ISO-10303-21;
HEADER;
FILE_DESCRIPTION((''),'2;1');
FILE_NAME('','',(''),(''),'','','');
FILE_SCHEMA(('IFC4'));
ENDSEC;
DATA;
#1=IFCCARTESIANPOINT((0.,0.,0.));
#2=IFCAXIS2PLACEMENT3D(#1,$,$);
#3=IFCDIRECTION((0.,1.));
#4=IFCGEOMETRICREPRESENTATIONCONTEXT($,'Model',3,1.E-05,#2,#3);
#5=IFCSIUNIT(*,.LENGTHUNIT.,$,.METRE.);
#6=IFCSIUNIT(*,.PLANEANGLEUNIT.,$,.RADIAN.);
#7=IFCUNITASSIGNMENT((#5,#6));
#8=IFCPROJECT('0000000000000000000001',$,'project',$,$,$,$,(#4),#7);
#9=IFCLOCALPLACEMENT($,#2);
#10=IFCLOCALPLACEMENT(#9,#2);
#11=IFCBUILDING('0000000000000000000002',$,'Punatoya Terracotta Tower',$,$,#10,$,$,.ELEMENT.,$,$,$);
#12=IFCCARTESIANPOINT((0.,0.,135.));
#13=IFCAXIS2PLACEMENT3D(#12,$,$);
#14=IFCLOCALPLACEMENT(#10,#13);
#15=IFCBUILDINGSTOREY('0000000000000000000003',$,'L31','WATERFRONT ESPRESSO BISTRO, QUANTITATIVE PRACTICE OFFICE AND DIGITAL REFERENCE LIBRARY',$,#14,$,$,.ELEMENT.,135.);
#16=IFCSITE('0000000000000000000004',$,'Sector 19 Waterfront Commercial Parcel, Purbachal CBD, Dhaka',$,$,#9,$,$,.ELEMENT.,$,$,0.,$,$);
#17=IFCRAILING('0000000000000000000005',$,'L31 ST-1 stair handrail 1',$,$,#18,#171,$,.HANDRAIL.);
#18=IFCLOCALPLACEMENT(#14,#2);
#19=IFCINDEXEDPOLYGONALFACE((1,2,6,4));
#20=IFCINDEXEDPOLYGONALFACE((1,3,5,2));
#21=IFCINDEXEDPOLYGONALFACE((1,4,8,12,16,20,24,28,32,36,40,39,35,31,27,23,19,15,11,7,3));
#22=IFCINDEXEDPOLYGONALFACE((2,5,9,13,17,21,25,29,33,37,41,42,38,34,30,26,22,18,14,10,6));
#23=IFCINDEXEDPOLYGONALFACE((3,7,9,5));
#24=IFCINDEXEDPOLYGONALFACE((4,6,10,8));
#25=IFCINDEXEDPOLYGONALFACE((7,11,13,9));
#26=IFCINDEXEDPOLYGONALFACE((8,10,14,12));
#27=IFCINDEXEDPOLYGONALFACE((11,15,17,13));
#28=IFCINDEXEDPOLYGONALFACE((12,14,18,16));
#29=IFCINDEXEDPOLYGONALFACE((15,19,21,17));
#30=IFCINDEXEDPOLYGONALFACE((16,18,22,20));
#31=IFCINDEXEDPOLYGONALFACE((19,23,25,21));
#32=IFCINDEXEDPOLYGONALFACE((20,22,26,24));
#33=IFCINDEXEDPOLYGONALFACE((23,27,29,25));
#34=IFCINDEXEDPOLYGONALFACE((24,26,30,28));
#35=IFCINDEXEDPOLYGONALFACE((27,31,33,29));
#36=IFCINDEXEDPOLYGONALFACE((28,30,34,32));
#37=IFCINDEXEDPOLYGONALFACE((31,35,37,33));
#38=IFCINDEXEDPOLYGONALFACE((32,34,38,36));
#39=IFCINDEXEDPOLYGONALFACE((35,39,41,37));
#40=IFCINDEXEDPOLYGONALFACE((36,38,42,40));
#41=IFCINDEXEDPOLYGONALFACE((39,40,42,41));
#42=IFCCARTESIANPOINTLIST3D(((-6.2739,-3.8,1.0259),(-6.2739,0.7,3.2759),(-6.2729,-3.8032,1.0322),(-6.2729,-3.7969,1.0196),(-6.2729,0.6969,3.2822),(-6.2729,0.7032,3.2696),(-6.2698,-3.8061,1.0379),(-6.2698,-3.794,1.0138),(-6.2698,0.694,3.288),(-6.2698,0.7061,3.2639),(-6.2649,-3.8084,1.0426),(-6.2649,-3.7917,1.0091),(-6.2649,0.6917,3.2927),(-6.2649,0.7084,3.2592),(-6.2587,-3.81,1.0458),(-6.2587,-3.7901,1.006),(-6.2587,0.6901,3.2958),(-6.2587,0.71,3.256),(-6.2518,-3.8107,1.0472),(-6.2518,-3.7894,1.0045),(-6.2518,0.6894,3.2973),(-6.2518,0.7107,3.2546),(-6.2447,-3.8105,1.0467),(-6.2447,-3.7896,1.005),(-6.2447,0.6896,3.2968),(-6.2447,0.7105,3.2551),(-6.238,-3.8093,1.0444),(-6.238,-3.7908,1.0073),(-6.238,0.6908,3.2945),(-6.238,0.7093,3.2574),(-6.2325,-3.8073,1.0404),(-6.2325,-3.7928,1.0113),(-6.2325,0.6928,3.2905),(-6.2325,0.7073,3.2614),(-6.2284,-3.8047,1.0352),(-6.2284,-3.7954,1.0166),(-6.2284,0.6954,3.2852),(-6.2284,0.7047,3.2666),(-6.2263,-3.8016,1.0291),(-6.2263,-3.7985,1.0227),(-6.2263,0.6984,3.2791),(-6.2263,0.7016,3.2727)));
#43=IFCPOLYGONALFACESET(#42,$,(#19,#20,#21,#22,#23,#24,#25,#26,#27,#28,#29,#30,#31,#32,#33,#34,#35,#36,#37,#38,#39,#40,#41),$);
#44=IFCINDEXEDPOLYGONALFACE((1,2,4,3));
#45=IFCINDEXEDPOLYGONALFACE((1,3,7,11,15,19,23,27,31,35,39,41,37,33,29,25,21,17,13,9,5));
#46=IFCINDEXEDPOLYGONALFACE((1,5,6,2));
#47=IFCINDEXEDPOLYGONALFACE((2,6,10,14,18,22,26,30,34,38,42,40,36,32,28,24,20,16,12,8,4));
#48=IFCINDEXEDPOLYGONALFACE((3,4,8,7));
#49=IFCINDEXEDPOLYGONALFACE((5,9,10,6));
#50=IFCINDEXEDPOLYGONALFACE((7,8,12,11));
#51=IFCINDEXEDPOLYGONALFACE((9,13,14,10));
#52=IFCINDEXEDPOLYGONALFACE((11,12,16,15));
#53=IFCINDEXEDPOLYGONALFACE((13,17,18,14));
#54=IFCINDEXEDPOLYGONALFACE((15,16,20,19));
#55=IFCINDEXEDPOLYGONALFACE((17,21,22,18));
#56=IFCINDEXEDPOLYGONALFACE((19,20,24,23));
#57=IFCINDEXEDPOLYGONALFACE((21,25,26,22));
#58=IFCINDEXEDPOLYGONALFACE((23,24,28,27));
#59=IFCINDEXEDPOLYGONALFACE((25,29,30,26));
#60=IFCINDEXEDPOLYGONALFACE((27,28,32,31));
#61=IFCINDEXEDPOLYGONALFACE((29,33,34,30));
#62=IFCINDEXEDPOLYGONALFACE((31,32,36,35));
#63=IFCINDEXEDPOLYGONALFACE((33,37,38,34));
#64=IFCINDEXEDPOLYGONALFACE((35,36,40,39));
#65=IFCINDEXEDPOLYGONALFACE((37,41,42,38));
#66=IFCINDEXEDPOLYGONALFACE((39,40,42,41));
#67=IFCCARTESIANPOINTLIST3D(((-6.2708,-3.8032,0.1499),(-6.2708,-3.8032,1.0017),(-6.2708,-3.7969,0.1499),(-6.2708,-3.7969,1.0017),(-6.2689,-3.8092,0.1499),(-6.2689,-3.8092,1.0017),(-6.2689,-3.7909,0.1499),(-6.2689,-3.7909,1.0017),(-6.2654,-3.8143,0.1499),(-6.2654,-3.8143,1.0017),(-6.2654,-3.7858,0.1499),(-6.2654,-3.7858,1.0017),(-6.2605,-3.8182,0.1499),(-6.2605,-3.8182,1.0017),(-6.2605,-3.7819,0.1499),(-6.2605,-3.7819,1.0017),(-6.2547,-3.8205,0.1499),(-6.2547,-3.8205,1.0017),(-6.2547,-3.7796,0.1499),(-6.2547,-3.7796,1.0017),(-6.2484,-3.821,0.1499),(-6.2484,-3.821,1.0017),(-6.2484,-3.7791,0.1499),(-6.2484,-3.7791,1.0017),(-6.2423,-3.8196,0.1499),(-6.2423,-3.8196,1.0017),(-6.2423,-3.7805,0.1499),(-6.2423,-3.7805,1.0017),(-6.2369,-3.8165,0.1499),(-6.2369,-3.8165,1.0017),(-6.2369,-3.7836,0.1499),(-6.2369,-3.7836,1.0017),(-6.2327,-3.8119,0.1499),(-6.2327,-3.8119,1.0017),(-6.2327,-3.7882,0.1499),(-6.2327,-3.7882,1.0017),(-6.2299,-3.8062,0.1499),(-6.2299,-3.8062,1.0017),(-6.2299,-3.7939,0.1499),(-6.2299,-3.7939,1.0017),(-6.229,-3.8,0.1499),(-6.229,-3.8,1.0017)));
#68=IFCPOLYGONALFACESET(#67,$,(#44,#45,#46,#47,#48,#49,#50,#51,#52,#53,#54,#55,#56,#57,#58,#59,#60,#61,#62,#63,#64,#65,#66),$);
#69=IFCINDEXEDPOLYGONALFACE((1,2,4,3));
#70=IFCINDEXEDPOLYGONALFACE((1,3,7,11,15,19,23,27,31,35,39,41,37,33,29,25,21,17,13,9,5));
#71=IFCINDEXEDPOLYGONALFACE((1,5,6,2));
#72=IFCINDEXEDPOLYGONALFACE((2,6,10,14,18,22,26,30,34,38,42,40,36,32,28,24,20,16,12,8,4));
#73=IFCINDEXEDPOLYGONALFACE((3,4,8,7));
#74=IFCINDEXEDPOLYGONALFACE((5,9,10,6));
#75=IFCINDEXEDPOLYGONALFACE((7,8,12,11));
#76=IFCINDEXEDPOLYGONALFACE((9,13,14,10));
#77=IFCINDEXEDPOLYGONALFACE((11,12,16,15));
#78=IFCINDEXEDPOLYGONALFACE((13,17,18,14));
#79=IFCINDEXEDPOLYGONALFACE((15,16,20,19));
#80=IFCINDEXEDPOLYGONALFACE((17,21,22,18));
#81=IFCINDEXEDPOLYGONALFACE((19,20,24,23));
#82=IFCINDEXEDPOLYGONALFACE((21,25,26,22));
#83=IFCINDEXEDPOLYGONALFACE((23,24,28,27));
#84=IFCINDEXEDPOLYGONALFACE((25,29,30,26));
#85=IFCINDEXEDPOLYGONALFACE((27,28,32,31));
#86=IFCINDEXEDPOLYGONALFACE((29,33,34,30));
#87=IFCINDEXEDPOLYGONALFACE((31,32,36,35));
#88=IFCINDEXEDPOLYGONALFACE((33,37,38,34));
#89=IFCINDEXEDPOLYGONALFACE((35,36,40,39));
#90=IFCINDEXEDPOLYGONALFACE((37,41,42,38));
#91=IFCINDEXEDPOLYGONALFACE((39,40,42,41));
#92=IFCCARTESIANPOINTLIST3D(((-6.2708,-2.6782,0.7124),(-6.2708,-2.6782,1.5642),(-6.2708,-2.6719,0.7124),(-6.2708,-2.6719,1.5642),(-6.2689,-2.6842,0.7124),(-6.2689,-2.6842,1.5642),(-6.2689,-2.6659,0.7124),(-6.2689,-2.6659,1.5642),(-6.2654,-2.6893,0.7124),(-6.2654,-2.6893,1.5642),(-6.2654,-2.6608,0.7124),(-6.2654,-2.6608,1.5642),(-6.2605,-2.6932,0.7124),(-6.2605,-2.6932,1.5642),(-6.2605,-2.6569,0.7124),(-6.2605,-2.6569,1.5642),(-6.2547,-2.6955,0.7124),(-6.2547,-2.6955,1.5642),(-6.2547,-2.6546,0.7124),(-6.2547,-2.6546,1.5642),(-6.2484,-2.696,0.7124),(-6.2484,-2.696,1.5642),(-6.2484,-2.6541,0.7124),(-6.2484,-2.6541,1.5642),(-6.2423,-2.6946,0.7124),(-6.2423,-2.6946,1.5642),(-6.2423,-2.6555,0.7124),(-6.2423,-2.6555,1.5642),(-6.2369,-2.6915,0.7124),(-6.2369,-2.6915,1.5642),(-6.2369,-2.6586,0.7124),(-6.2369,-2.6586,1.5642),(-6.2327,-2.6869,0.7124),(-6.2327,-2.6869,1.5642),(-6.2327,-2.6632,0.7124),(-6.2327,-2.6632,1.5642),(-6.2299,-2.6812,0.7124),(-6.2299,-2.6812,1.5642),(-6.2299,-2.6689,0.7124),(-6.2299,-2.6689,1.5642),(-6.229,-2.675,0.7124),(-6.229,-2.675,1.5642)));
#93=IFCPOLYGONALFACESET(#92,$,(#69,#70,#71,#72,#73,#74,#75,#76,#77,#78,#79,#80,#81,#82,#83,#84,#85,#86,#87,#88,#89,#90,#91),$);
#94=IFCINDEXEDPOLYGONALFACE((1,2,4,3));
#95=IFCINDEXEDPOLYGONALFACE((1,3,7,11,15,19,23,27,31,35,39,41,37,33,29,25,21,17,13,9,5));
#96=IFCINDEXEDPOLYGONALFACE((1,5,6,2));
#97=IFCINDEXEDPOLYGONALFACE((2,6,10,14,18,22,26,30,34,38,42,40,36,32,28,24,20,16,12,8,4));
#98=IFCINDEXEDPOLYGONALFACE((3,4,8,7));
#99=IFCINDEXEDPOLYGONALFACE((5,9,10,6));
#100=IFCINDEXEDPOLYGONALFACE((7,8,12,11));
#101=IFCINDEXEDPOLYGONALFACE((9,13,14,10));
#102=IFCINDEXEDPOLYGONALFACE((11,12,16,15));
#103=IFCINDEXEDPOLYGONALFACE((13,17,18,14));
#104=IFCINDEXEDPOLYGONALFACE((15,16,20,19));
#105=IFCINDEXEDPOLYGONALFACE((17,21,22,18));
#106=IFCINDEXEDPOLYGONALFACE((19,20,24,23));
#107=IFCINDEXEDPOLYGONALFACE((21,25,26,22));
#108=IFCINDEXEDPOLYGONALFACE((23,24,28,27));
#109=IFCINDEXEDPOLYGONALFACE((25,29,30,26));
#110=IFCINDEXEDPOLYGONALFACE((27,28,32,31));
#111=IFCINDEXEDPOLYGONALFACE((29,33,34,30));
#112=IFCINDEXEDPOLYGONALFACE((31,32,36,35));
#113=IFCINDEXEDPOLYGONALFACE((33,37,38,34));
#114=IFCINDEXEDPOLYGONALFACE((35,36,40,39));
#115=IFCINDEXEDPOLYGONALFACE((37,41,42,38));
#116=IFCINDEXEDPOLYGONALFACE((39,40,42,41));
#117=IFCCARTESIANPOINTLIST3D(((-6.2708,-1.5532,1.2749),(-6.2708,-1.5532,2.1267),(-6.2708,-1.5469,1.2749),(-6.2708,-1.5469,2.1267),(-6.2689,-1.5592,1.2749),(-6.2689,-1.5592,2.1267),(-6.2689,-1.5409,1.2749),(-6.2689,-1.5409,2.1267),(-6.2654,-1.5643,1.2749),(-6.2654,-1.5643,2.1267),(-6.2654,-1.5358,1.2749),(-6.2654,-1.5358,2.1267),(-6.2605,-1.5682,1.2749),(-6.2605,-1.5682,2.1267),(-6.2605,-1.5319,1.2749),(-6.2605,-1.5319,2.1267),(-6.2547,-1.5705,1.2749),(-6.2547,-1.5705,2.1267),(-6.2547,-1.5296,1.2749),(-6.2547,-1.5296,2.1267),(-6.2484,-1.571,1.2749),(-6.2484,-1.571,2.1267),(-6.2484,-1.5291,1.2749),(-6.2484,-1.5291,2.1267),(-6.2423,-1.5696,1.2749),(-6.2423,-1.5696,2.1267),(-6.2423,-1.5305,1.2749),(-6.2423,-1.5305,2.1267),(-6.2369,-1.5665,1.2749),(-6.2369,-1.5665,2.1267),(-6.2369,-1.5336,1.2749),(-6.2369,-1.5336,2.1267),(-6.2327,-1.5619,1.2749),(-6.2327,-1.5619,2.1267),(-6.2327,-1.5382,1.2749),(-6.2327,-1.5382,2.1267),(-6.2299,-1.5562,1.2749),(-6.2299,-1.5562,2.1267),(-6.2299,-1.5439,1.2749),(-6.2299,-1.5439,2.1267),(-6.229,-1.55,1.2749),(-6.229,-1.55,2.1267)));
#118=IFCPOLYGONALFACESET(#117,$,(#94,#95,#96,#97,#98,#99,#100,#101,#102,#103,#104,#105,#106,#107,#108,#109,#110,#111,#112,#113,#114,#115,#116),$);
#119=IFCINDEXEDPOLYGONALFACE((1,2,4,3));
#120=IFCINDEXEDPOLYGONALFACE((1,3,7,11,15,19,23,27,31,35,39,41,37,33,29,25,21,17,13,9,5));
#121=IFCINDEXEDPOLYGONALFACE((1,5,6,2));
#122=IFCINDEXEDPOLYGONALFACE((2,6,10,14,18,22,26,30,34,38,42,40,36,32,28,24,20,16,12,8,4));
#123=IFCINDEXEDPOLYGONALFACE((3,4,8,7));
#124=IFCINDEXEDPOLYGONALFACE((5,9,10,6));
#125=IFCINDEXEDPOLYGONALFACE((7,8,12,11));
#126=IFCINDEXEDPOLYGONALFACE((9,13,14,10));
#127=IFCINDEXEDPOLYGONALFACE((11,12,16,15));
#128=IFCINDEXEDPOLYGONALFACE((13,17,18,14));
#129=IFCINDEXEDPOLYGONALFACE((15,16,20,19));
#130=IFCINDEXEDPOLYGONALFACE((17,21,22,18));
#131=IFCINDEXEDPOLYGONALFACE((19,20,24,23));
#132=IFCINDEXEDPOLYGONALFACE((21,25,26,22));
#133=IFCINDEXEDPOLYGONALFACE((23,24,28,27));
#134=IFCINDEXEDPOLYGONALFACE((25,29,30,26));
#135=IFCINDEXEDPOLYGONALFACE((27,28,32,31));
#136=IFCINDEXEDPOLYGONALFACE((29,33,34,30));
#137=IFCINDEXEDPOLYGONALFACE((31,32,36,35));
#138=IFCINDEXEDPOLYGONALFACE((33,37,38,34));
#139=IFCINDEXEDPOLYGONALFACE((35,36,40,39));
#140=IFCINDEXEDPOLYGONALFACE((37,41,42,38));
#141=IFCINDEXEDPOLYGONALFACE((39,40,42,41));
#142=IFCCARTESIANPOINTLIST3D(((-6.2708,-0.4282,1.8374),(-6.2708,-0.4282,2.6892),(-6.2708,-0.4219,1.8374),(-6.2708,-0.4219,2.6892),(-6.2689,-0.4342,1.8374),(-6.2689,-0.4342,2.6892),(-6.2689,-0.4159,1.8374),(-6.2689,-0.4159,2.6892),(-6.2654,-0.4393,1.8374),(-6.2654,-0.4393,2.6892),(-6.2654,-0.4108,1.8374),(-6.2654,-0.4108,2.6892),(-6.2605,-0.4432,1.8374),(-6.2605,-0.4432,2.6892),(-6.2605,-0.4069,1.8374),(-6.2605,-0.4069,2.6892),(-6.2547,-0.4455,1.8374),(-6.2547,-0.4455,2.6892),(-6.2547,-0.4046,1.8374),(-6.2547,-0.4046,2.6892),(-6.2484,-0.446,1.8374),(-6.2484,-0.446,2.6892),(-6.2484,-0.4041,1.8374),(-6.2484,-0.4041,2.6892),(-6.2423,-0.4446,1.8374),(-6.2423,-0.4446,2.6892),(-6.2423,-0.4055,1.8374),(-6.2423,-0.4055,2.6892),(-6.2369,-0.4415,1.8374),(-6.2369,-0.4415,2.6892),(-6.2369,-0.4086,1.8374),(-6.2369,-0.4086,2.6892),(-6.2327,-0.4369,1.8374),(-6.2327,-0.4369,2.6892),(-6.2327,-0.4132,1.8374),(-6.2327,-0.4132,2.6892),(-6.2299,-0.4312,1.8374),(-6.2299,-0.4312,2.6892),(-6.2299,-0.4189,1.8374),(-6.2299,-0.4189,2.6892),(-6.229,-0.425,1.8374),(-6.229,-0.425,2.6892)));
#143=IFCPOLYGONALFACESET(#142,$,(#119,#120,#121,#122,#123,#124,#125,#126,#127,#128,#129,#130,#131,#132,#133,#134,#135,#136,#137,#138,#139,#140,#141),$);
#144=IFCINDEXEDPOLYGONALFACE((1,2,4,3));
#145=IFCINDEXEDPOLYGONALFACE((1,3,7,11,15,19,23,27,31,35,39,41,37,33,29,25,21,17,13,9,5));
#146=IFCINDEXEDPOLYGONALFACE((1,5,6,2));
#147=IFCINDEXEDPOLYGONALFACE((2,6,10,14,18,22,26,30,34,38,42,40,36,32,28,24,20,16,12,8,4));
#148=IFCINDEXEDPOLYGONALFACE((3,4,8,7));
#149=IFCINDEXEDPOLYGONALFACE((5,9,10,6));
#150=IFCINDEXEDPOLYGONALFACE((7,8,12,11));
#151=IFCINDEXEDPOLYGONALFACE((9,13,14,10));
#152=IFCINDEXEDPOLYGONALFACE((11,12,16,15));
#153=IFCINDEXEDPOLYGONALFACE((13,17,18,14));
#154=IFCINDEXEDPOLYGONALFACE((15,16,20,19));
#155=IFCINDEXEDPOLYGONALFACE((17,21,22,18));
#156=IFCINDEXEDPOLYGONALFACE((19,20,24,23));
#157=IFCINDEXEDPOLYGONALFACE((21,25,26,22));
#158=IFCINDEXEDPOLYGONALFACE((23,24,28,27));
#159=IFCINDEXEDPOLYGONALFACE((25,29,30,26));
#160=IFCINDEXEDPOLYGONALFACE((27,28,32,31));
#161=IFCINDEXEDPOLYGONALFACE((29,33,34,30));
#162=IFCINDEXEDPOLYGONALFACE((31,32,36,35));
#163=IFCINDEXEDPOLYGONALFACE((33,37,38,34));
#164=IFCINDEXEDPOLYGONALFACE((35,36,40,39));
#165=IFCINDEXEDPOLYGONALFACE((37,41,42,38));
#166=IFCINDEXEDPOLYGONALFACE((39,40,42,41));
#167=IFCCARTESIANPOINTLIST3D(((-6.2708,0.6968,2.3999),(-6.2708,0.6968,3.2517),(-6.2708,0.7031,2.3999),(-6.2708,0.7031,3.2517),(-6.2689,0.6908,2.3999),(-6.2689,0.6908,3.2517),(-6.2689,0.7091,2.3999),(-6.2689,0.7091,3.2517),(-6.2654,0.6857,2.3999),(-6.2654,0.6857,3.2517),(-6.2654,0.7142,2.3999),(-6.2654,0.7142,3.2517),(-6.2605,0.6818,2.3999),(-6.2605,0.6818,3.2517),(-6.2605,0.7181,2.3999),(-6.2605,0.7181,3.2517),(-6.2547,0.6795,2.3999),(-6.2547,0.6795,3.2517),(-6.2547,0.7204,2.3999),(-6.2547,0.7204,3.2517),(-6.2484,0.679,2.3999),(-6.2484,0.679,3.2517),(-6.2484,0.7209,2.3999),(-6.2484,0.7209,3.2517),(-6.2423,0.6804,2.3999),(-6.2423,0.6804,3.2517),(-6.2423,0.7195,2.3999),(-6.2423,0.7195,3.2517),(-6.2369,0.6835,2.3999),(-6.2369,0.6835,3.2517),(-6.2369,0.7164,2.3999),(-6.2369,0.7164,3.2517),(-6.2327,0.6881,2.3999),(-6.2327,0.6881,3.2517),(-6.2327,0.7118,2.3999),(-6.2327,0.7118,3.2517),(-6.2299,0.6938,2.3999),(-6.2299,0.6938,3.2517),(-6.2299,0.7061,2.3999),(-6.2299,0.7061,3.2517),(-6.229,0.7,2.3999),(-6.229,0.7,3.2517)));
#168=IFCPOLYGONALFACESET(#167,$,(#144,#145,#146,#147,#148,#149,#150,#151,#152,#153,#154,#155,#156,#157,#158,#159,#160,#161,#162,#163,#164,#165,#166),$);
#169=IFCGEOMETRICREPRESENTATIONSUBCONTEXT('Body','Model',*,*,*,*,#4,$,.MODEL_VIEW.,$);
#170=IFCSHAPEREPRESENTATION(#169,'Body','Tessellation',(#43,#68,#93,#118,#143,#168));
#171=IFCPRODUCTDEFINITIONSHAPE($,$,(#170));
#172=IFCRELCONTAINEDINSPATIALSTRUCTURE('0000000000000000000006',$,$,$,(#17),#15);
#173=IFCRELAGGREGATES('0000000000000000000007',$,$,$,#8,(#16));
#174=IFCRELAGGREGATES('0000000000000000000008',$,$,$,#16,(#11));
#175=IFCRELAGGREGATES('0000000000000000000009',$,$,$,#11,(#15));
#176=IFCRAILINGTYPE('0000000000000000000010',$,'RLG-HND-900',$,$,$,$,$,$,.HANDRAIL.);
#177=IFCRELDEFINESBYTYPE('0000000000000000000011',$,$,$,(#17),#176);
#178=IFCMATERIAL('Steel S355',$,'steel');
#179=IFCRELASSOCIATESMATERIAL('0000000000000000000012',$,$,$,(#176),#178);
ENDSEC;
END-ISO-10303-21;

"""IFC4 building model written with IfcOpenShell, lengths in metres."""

from ifc_helpers import new_model, si_unit, direction, frame, origin, origin_2d, place, context, subcontext, project, spatial, circle, extrude, material, type_object, element, save


model = new_model("IFC4")

# Units and contexts
model_context = context("Model", 3, precision=1e-05, world=origin(), true_north=direction((0.0, 1.0)))
body_context = subcontext(model_context, "Body", "Model", "MODEL_VIEW")
ifc_project = project(units=[si_unit("LENGTHUNIT", "METRE"), si_unit("PLANEANGLEUNIT", "RADIAN")], contexts=[model_context])

# Site, building, storey
site_placement = place(None, origin())
site = spatial("IfcSite", under=ifc_project, at=site_placement, Name="Sector 19 Waterfront Commercial Parcel, Purbachal CBD, Dhaka", CompositionType="ELEMENT", RefElevation=0.0)
building_placement = place(site_placement, origin())
building = spatial("IfcBuilding", under=site, at=building_placement, Name="Punatoya Terracotta Tower", CompositionType="ELEMENT")
storey_placement = place(building_placement, frame((0.0, 0.0, 135.0)))
storey = spatial("IfcBuildingStorey", under=building, at=storey_placement, Name="L31", Description="WATERFRONT ESPRESSO BISTRO, QUANTITATIVE PRACTICE OFFICE AND DIGITAL REFERENCE LIBRARY", CompositionType="ELEMENT", Elevation=135.0)

# Railing
ifc_material_1 = material(Name="Steel S355", Category="steel")
railing_type_1 = type_object("IfcRailingType", Name="RLG-HND-900", PredefinedType="HANDRAIL", material=ifc_material_1)
railing_1_placement = place(storey_placement, frame((-6.25, -3.8, 0.1499)))
element("IfcRailing", 1, at=railing_1_placement, inside=storey, type_object=railing_type_1, Name="L31 ST-1 stair handrail 1", PredefinedType="HANDRAIL", context=body_context, shape_type="SweptSolid", body=[
    extrude(circle(Radius=0.0239, at=origin_2d()), frame((0.0, 0.0, 0.876), z_axis=(0.0, 0.894427, 0.447214), x_axis=(-1.0, 0.0, 0.0)), (0.0, 0.0, 1.0), 5.0312),
    extrude(circle(Radius=0.021, at=origin_2d()), origin(), (0.0, 0.0, 1.0), 0.8518),
    extrude(circle(Radius=0.021, at=origin_2d()), frame((0.0, 1.125, 0.5625)), (0.0, 0.0, 1.0), 0.8518),
    extrude(circle(Radius=0.021, at=origin_2d()), frame((0.0, 2.25, 1.125)), (0.0, 0.0, 1.0), 0.8518),
    extrude(circle(Radius=0.021, at=origin_2d()), frame((0.0, 3.375, 1.6875)), (0.0, 0.0, 1.0), 0.8518),
    extrude(circle(Radius=0.021, at=origin_2d()), frame((0.0, 4.5, 2.25)), (0.0, 0.0, 1.0), 0.8518),
])

save(model, "model.ifc")
